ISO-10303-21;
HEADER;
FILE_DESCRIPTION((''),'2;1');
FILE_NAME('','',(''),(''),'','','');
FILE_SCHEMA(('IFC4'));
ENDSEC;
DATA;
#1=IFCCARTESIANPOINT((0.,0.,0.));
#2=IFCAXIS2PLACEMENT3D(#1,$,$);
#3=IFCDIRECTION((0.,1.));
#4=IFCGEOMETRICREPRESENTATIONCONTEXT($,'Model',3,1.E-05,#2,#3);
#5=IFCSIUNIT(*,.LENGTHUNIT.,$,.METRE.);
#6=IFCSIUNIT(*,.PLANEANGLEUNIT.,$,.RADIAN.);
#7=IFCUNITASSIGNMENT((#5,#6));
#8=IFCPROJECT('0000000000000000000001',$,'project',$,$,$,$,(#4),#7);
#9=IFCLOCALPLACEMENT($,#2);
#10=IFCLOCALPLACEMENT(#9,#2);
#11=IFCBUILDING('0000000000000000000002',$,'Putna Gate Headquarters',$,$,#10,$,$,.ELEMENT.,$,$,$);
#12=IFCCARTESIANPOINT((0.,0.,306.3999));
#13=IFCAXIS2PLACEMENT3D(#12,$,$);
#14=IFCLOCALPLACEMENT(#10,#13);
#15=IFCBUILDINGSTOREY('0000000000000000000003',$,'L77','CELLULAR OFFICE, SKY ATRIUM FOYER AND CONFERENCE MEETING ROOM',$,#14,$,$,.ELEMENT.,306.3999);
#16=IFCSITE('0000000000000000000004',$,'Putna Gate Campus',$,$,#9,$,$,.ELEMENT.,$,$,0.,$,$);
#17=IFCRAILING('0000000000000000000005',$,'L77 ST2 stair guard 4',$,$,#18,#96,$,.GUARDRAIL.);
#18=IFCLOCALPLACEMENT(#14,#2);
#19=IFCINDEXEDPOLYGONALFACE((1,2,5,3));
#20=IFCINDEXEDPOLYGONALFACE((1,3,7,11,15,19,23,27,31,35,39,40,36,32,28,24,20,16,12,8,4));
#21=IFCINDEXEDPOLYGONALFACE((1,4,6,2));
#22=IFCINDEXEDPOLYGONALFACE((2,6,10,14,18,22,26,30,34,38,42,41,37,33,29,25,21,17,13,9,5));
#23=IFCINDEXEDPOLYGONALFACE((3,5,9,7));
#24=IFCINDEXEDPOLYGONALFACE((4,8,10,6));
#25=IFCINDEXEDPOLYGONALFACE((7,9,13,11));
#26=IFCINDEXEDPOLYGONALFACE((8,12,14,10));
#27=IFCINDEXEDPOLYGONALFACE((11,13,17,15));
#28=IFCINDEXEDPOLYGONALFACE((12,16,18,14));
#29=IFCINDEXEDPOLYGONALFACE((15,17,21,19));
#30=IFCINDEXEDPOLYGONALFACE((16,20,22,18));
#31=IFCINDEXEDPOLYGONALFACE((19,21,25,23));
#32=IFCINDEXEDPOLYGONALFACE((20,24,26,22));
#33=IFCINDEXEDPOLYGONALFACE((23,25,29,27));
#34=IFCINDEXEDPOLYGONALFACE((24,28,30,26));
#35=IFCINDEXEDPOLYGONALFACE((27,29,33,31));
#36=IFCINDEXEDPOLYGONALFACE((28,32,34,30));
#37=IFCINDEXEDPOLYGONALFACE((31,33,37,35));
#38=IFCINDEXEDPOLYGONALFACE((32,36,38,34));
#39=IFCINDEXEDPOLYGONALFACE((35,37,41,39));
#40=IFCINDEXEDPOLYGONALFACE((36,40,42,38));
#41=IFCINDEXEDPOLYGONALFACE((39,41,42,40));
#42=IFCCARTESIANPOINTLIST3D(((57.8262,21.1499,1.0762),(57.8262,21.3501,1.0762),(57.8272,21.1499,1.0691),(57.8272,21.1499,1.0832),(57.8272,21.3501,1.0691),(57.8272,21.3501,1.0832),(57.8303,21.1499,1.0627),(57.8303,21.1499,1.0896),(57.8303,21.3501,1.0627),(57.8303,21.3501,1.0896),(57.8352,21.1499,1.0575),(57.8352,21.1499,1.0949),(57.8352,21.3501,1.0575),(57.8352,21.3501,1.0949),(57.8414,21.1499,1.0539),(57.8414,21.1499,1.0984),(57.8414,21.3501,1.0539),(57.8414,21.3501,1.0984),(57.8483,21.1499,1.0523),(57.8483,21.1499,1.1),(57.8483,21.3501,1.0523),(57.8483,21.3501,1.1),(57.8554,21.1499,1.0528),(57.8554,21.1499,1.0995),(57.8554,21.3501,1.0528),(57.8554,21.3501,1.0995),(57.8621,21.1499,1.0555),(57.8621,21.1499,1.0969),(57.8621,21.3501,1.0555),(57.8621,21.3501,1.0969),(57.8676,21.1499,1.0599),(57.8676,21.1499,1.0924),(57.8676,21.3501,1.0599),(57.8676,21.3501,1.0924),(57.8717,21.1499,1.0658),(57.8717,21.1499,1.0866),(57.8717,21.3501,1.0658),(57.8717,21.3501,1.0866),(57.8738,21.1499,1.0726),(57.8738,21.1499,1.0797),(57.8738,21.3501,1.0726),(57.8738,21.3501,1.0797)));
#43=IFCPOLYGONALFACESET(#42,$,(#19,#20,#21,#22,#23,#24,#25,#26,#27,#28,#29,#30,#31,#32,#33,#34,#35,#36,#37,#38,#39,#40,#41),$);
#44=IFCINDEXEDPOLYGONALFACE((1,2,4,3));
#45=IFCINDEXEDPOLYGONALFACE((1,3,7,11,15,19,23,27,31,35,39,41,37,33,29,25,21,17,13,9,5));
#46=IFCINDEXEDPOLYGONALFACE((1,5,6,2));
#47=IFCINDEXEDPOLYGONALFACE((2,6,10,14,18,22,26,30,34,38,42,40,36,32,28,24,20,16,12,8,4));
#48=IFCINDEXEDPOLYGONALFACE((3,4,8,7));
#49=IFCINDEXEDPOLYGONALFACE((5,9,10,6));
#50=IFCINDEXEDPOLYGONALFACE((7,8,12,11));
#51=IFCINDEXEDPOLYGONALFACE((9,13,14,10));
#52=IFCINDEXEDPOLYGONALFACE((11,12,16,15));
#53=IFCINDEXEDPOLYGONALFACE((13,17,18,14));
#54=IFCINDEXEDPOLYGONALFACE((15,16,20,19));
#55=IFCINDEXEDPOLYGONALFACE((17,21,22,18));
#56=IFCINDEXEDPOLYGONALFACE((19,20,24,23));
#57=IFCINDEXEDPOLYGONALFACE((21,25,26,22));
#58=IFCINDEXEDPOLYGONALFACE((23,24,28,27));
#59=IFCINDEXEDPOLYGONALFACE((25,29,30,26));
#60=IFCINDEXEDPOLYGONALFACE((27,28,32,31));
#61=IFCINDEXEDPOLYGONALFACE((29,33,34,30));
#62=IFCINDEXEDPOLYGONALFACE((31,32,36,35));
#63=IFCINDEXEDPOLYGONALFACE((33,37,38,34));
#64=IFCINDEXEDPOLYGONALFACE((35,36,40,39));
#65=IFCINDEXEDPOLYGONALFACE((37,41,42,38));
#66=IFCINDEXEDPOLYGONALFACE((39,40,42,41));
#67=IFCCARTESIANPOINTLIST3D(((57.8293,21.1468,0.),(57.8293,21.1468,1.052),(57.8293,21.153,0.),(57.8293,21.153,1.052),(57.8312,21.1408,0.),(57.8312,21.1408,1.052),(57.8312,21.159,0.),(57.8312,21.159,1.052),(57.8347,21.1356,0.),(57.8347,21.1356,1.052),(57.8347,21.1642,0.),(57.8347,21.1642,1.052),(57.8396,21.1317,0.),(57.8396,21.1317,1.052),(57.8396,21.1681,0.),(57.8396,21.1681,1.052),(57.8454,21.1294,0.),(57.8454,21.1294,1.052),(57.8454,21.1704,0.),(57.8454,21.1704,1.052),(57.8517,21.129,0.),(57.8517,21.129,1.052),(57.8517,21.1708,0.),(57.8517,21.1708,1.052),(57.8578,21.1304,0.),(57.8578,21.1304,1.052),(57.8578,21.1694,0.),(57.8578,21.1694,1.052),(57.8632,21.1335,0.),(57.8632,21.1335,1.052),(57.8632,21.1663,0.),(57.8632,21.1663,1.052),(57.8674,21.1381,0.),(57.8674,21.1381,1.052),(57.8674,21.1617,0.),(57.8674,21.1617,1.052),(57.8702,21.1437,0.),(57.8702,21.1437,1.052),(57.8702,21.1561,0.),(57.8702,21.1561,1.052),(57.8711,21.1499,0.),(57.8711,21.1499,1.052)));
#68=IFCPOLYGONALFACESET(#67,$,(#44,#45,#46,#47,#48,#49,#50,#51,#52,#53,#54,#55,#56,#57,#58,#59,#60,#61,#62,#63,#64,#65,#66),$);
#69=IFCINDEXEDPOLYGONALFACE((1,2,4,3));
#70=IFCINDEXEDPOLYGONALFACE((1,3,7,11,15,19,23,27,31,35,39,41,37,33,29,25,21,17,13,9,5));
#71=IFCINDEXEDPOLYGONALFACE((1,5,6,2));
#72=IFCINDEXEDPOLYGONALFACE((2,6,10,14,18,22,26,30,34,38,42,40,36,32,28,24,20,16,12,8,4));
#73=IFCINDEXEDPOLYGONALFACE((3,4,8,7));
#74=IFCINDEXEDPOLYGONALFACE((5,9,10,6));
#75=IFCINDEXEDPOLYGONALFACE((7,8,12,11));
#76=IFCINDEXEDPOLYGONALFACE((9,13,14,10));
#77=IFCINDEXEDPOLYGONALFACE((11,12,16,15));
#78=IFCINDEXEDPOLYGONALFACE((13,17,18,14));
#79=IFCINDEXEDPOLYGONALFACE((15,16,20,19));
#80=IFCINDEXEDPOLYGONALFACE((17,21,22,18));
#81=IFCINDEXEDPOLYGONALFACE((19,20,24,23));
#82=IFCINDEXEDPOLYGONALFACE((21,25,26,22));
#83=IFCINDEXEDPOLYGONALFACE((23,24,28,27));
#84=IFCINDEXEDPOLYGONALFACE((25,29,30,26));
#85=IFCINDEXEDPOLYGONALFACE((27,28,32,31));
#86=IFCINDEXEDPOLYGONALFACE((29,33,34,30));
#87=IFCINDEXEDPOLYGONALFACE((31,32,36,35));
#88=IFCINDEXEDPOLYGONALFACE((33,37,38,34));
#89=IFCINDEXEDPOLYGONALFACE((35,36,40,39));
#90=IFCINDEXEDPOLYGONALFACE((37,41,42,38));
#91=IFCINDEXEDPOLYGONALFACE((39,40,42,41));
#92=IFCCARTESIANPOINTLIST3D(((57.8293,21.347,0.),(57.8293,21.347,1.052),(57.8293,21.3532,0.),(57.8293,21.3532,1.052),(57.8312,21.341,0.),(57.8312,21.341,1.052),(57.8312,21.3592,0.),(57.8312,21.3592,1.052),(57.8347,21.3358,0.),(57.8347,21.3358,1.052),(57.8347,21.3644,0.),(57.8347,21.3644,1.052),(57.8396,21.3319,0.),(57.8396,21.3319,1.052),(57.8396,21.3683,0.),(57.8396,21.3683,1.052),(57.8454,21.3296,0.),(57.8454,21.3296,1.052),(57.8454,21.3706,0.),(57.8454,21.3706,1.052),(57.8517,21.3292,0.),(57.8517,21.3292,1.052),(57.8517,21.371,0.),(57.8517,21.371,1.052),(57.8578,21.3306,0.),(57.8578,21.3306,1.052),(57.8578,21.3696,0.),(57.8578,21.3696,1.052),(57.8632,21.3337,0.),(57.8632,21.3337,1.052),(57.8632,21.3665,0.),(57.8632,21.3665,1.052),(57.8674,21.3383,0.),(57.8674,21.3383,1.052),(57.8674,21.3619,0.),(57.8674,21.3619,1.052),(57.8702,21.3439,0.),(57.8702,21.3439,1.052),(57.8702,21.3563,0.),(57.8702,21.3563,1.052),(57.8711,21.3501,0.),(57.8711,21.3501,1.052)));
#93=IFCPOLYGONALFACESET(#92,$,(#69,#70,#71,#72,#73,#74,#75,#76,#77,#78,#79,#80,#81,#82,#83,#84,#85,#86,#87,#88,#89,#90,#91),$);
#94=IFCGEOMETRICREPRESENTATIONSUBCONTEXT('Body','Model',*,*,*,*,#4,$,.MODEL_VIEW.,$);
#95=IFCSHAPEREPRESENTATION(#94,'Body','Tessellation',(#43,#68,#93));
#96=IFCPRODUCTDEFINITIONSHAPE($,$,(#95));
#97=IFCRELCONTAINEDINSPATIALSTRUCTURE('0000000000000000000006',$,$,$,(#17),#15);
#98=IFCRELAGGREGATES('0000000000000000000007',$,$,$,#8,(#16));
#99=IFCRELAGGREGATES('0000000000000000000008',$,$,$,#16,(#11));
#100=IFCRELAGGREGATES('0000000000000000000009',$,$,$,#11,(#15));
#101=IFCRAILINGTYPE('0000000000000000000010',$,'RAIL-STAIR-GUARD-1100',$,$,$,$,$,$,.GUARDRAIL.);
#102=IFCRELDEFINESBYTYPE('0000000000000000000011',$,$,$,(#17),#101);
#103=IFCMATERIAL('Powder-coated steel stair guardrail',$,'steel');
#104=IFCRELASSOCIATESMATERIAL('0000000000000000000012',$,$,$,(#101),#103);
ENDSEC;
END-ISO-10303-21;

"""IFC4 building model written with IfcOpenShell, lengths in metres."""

from ifc_helpers import new_model, si_unit, direction, frame, origin, origin_2d, place, context, subcontext, project, spatial, circle, extrude, material, type_object, element, save


model = new_model("IFC4")

# Units and contexts
model_context = context("Model", 3, precision=1e-05, world=origin(), true_north=direction((0.0, 1.0)))
body_context = subcontext(model_context, "Body", "Model", "MODEL_VIEW")
ifc_project = project(units=[si_unit("LENGTHUNIT", "METRE"), si_unit("PLANEANGLEUNIT", "RADIAN")], contexts=[model_context])

# Site, building, storey
site_placement = place(None, origin())
site = spatial("IfcSite", under=ifc_project, at=site_placement, Name="Putna Gate Campus", CompositionType="ELEMENT", RefElevation=0.0)
building_placement = place(site_placement, origin())
building = spatial("IfcBuilding", under=site, at=building_placement, Name="Putna Gate Headquarters", CompositionType="ELEMENT")
storey_placement = place(building_placement, frame((0.0, 0.0, 306.3999)))
storey = spatial("IfcBuildingStorey", under=building, at=storey_placement, Name="L77", Description="CELLULAR OFFICE, SKY ATRIUM FOYER AND CONFERENCE MEETING ROOM", CompositionType="ELEMENT", Elevation=306.3999)

# Railing
ifc_material_1 = material(Name="Powder-coated steel stair guardrail", Category="steel")
railing_type_1 = type_object("IfcRailingType", Name="RAIL-STAIR-GUARD-1100", PredefinedType="GUARDRAIL", material=ifc_material_1)
railing_1_placement = place(storey_placement, frame((57.8501, 21.1499, 0.0)))
element("IfcRailing", 1, at=railing_1_placement, inside=storey, type_object=railing_type_1, Name="L77 ST2 stair guard 4", PredefinedType="GUARDRAIL", context=body_context, shape_type="SweptSolid", body=[
    extrude(circle(Radius=0.0239, at=origin_2d()), frame((0.0, 0.0, 1.0762), z_axis=(0.0, 1.0, 0.0), x_axis=(-1.0, 0.0, 0.0)), (0.0, 0.0, 1.0), 0.2002),
    extrude(circle(Radius=0.021, at=origin_2d()), origin(), (0.0, 0.0, 1.0), 1.052),
    extrude(circle(Radius=0.021, at=origin_2d()), frame((0.0, 0.2002, 0.0)), (0.0, 0.0, 1.0), 1.052),
])

save(model, "model.ifc")
